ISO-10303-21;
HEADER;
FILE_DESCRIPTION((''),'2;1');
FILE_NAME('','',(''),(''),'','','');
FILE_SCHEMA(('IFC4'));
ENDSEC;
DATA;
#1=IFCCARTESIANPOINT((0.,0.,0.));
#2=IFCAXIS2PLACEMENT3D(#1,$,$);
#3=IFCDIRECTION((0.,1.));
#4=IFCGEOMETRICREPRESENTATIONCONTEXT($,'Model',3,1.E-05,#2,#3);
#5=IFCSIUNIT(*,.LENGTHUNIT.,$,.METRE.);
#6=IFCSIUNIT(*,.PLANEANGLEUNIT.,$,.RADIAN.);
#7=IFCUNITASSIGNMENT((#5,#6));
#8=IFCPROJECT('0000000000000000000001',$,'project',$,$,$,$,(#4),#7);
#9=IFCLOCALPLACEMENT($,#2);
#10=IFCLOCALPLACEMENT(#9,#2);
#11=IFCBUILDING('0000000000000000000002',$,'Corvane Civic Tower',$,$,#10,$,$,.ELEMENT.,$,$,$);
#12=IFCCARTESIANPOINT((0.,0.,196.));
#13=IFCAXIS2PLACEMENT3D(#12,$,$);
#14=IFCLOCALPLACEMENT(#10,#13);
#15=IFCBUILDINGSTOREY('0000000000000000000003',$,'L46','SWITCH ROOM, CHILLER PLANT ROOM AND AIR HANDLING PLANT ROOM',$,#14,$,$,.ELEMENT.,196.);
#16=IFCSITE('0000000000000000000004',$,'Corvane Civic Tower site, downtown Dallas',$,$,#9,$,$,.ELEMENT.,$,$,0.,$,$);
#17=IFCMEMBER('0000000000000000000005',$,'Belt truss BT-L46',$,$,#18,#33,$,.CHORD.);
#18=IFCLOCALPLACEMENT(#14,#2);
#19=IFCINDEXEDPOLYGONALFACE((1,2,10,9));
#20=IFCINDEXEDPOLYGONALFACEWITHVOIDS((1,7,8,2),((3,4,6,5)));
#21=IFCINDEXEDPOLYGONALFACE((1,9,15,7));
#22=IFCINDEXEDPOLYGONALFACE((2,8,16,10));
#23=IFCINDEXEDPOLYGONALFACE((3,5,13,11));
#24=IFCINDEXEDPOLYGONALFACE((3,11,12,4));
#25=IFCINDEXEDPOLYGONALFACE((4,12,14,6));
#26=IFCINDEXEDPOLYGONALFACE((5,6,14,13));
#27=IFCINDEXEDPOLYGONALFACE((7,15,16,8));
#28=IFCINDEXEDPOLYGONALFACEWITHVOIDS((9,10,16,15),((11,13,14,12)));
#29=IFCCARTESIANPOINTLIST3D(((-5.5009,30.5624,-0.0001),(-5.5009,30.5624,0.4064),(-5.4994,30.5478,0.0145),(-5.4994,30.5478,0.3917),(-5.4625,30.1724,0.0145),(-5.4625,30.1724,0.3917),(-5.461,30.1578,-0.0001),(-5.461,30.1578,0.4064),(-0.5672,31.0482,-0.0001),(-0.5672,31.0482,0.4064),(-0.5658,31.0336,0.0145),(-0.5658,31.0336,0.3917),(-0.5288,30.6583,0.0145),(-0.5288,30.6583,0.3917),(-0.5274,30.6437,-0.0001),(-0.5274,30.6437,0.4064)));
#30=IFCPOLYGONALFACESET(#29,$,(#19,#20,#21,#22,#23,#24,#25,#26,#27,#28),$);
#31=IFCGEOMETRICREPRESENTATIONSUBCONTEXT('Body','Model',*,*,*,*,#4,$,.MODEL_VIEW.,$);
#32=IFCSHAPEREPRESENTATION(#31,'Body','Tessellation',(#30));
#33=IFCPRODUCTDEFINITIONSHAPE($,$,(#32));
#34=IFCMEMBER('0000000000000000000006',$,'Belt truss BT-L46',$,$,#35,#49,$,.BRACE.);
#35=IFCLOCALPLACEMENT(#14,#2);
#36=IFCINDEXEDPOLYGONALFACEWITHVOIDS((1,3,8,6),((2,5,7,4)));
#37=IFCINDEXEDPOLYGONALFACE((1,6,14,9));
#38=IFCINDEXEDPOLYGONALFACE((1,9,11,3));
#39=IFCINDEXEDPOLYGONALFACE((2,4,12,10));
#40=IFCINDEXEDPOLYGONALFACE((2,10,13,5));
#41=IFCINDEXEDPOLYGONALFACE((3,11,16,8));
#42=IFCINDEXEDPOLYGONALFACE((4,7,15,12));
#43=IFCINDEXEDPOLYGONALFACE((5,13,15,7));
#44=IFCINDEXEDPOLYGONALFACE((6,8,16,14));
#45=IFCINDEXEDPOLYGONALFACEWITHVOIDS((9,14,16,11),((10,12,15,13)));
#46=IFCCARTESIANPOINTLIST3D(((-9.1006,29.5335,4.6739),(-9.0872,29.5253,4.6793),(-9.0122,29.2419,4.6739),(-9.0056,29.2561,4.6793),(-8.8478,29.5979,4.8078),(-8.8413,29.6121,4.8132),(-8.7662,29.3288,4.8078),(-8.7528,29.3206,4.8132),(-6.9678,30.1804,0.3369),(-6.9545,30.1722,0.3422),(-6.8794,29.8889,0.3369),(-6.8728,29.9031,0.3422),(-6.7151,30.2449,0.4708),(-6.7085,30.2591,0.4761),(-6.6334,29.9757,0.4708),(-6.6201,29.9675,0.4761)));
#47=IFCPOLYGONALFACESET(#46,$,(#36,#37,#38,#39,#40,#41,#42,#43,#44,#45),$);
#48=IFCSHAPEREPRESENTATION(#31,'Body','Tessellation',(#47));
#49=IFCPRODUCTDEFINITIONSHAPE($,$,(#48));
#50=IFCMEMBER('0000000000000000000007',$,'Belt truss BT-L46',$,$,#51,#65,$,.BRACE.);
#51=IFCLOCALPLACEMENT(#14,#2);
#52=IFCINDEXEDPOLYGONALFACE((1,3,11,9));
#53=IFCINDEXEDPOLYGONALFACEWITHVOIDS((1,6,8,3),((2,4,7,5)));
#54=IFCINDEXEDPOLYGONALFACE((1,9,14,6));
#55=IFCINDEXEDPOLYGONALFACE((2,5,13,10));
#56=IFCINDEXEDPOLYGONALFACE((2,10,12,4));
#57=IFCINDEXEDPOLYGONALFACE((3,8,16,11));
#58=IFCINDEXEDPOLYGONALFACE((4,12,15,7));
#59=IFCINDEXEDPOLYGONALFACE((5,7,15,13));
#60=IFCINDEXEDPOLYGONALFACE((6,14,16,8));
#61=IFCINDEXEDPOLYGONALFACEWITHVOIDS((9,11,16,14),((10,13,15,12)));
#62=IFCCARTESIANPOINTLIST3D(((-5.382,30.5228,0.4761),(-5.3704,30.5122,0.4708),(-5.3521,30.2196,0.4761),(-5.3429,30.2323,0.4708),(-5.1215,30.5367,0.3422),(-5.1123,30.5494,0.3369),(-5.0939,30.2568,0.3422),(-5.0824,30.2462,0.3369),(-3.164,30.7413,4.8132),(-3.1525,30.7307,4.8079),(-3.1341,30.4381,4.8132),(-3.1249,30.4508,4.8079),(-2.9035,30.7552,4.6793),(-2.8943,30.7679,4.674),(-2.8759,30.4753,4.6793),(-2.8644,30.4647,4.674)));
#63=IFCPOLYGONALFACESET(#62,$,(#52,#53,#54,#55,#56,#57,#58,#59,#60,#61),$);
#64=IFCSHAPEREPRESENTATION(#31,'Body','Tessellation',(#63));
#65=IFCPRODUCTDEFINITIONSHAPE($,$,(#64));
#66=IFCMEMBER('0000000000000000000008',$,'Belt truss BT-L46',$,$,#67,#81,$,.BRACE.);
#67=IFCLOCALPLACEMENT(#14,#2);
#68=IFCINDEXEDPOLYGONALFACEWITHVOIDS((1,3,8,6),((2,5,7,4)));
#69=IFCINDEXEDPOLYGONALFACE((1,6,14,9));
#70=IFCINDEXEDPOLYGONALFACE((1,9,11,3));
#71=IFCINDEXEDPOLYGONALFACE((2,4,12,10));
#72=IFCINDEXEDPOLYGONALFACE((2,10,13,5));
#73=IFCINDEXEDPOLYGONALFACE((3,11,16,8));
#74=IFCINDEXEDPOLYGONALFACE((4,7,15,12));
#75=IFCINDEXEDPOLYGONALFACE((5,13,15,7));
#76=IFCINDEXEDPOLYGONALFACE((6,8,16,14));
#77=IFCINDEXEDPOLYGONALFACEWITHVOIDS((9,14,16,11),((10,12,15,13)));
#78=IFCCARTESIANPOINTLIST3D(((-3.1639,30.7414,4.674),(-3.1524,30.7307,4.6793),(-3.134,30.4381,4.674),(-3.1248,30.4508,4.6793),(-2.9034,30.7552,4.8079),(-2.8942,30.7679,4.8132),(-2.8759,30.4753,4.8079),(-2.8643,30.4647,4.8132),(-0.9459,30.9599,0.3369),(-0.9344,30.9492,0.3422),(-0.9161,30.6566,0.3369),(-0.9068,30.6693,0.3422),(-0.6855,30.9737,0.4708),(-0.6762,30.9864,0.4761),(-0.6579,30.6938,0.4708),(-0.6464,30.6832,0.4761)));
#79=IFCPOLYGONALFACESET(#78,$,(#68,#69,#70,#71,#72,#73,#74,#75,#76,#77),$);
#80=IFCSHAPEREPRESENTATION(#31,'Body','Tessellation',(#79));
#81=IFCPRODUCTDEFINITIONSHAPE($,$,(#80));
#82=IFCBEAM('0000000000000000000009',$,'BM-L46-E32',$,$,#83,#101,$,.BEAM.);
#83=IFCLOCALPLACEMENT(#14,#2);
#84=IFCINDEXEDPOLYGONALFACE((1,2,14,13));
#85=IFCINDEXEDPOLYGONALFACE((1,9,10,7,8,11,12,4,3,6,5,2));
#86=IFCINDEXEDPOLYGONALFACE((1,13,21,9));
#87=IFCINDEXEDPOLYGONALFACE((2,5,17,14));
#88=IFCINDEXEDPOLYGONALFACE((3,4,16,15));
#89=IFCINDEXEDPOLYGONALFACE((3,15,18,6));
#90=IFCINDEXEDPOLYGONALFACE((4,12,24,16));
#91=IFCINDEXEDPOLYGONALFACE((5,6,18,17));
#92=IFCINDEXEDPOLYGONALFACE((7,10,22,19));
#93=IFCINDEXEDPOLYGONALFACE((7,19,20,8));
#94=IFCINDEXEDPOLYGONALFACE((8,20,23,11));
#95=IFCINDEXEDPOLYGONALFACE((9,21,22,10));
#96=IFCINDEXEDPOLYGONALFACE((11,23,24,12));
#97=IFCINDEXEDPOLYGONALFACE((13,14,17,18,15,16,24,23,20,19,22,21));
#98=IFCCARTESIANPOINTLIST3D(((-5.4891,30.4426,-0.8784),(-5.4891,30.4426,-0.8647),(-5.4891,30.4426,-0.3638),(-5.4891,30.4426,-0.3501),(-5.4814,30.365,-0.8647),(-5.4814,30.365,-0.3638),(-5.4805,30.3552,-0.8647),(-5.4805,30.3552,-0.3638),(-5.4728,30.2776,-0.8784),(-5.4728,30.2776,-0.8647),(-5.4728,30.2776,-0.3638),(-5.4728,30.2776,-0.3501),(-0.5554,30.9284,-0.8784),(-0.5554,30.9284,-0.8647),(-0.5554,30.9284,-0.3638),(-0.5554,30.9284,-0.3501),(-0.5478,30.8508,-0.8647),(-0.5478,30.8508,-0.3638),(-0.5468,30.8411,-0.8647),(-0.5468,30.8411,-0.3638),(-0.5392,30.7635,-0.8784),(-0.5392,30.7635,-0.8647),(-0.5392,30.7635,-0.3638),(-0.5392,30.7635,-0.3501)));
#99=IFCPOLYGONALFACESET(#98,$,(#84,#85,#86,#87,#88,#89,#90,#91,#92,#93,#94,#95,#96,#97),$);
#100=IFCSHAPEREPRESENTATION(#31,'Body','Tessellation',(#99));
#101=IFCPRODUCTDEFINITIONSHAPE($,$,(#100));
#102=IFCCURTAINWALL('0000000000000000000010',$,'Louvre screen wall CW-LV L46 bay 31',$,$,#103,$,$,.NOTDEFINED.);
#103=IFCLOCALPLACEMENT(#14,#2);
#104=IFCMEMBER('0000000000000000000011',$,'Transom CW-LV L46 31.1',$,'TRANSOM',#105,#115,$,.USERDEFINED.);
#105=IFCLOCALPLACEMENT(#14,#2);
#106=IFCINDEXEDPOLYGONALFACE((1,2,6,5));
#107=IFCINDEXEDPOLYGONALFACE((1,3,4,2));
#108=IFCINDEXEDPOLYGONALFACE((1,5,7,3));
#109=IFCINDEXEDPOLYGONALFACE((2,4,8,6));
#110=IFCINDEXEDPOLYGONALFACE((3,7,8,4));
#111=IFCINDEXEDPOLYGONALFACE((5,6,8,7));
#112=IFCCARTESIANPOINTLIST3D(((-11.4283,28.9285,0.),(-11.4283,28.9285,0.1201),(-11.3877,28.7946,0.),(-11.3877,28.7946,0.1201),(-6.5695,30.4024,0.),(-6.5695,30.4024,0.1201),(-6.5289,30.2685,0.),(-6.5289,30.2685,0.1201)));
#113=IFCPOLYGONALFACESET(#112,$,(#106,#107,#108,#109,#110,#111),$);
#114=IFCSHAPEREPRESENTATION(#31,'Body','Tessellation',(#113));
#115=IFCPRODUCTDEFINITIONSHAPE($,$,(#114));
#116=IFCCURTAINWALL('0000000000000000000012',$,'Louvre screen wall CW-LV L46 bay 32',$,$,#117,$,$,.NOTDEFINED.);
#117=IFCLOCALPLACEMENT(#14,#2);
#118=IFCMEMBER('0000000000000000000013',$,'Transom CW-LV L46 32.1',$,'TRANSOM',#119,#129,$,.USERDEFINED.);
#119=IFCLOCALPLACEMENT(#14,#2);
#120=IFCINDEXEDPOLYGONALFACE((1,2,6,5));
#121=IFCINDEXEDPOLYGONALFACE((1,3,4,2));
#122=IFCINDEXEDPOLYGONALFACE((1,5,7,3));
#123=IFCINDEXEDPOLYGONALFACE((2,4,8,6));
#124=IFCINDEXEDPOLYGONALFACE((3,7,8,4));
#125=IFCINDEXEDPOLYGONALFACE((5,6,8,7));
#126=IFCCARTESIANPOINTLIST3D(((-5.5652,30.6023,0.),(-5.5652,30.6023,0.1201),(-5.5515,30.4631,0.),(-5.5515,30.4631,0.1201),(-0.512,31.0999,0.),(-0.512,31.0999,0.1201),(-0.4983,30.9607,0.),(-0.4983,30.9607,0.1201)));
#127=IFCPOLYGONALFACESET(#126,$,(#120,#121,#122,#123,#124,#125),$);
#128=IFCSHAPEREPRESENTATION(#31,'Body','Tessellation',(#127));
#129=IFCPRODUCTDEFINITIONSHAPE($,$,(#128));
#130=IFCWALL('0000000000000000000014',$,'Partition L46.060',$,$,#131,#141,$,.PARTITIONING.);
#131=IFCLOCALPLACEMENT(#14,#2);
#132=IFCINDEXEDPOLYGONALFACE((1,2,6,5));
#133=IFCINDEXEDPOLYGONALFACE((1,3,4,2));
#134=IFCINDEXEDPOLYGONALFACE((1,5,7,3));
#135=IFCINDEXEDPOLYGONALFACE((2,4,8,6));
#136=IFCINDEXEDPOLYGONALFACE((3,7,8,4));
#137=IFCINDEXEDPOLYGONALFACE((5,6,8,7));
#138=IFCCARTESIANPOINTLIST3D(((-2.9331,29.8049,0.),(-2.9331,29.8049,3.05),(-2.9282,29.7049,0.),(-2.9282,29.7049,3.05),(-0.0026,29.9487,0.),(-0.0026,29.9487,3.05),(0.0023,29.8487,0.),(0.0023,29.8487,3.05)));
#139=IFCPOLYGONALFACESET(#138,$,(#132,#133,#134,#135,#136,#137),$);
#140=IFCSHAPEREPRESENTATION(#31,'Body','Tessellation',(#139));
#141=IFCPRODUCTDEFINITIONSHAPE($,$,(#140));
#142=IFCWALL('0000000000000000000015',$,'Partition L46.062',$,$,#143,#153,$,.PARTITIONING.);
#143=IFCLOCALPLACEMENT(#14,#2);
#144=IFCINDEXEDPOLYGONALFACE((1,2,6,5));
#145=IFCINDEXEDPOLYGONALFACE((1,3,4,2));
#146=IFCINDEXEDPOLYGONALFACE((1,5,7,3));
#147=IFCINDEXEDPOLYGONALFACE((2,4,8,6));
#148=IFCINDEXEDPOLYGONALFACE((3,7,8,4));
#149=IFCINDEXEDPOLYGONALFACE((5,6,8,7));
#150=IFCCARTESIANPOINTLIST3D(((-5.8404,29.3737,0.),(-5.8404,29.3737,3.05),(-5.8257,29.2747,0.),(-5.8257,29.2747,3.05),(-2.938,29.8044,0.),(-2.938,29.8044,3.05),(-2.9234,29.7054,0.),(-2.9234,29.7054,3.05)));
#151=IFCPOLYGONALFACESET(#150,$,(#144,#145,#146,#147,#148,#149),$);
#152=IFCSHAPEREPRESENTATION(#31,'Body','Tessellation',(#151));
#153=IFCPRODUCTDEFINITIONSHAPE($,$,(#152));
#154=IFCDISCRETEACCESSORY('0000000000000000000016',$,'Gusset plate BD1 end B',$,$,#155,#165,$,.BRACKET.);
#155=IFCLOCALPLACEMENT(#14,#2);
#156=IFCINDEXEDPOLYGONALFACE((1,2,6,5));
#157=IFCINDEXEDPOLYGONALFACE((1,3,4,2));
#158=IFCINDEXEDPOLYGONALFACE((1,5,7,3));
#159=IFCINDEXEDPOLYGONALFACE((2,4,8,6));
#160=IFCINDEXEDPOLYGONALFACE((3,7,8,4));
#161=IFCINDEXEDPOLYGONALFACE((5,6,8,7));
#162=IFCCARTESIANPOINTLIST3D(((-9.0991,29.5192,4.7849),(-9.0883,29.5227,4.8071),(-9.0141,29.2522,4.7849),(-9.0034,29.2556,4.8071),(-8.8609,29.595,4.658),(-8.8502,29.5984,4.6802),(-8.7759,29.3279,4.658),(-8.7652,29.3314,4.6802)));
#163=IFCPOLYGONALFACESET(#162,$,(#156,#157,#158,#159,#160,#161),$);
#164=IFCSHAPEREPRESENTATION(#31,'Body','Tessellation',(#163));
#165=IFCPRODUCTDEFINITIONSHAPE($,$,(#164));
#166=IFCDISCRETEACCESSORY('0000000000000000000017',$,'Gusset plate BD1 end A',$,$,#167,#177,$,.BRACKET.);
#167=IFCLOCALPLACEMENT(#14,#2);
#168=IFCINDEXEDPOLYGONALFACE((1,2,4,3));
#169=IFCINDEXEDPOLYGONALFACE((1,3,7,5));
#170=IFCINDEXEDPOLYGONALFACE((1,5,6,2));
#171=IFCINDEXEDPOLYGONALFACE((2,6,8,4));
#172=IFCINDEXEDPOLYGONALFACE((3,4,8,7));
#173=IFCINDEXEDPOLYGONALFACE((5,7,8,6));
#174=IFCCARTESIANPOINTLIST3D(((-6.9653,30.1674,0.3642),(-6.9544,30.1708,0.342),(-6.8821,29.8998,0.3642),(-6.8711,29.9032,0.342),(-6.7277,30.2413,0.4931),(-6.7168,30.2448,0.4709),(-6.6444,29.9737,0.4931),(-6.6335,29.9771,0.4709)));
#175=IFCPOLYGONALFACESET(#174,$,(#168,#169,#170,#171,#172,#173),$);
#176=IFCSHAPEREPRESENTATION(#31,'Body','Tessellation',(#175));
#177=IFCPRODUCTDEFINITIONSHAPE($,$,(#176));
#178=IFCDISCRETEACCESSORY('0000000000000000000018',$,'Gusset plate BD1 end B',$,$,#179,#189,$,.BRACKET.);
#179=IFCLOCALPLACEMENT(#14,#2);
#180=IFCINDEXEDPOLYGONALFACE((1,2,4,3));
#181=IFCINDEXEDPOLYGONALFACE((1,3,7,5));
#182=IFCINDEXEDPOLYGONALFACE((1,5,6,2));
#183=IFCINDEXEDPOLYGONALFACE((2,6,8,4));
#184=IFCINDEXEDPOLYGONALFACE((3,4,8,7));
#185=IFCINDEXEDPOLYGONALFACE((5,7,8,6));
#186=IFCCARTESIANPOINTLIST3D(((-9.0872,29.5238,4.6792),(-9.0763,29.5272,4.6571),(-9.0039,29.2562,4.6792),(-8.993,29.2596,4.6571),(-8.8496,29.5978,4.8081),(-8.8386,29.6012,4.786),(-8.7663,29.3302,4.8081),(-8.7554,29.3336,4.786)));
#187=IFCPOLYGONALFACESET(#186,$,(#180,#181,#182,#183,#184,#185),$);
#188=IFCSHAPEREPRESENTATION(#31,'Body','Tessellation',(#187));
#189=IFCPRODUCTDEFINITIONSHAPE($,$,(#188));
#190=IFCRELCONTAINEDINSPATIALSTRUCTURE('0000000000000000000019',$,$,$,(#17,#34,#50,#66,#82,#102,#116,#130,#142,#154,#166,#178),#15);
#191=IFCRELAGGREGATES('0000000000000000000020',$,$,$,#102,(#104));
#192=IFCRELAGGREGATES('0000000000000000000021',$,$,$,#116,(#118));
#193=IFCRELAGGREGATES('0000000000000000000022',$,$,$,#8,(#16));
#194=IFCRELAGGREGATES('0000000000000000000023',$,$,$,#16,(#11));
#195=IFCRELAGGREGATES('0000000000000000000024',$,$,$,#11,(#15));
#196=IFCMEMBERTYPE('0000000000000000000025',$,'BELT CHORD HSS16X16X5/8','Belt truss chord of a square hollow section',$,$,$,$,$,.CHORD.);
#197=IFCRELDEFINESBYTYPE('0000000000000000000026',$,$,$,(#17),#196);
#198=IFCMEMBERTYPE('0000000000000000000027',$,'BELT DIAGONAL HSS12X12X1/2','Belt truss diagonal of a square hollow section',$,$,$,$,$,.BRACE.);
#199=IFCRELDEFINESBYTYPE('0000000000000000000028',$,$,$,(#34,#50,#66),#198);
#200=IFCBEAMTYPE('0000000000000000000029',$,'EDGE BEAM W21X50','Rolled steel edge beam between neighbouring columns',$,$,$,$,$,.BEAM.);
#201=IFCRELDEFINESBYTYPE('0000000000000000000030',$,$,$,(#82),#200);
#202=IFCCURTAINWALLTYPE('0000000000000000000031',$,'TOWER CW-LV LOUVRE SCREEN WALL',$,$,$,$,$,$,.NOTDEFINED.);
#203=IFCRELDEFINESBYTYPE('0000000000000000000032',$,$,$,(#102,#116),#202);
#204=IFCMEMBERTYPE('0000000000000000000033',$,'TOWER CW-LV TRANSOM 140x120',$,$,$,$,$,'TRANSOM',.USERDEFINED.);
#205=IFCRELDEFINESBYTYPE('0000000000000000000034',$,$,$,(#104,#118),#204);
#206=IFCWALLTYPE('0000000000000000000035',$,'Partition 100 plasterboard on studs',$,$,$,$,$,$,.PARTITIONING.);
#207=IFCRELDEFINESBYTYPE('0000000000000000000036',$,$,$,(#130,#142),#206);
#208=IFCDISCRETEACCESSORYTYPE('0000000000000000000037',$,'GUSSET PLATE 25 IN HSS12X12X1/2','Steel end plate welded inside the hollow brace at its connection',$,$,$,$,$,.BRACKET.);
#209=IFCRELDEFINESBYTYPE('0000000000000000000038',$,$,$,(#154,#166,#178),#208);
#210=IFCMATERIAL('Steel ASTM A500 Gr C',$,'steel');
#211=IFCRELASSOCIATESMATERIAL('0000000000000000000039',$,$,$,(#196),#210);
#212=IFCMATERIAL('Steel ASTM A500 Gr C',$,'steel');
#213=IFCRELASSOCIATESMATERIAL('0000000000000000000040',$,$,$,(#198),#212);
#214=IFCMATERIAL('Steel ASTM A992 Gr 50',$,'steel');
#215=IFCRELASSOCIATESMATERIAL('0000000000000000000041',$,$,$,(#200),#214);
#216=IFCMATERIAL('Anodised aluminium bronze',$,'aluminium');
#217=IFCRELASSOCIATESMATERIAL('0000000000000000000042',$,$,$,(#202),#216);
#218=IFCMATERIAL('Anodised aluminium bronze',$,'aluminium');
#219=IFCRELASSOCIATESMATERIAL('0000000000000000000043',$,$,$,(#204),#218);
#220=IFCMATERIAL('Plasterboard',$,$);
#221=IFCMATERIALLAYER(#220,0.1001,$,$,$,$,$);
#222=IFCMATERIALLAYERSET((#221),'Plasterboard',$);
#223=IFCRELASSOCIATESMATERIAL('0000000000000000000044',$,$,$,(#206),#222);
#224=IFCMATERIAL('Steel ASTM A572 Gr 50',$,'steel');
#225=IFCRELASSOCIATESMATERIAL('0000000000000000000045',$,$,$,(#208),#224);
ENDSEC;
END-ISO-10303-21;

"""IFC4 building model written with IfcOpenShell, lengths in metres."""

from ifc_helpers import new_model, si_unit, direction, frame, frame_2d, origin, origin_2d, place, context, subcontext, project, spatial, rectangle, hollow_rectangle, i_section, extrude, material, layer, layer_set, material_profile, profile_set, type_object, element, aggregate, save


model = new_model("IFC4")

# Units and contexts
model_context = context("Model", 3, precision=1e-05, world=origin(), true_north=direction((0.0, 1.0)))
body_context = subcontext(model_context, "Body", "Model", "MODEL_VIEW")
ifc_project = project(units=[si_unit("LENGTHUNIT", "METRE"), si_unit("PLANEANGLEUNIT", "RADIAN")], contexts=[model_context])

# Site, building, storey
site_placement = place(None, origin())
site = spatial("IfcSite", under=ifc_project, at=site_placement, Name="Corvane Civic Tower site, downtown Dallas", CompositionType="ELEMENT", RefElevation=0.0)
building_placement = place(site_placement, origin())
building = spatial("IfcBuilding", under=site, at=building_placement, Name="Corvane Civic Tower", CompositionType="ELEMENT")
storey_placement = place(building_placement, frame((0.0, 0.0, 196.0)))
storey = spatial("IfcBuildingStorey", under=building, at=storey_placement, Name="L46", Description="SWITCH ROOM, CHILLER PLANT ROOM AND AIR HANDLING PLANT ROOM", CompositionType="ELEMENT", Elevation=196.0)

# Members
ifc_material_1 = material(Name="Steel ASTM A500 Gr C", Category="steel")
ifc_material_profile_1 = material_profile(ifc_material_1, hollow_rectangle(XDim=0.4065, YDim=0.4065, WallThickness=0.0146, at=origin_2d()), Name="HSS16X16X5/8")
ifc_profile_set_1 = profile_set([ifc_material_profile_1], Name="Steel ASTM A500 Gr C")
member_type_1 = type_object("IfcMemberType", Name="BELT CHORD HSS16X16X5/8", Description="Belt truss chord of a square hollow section", PredefinedType="CHORD", material=ifc_profile_set_1)
for number, where, z_axis, x_axis, name in (
    (1, (-5.481, 30.3601, 0.2031), (0.995186, 0.098002, 0.0), (-0.098002, 0.995186, 0.0), "Belt truss BT-L46"),
):
    element("IfcMember", number, at=place(storey_placement, frame(where, z_axis=z_axis, x_axis=x_axis)), inside=storey, type_object=member_type_1, Name=name, PredefinedType="CHORD", context=body_context, shape_type="SweptSolid", body=[
        extrude(hollow_rectangle(XDim=0.4065, YDim=0.4065, WallThickness=0.0146, at=origin_2d()), origin(), (0.0, 0.0, 1.0), 4.9575),
    ])
ifc_material_2 = material(Name="Steel ASTM A500 Gr C", Category="steel")
ifc_material_profile_2 = material_profile(ifc_material_2, hollow_rectangle(XDim=0.3047, YDim=0.3047, WallThickness=0.0117, at=origin_2d()), Name="HSS12X12X1/2")
ifc_profile_set_2 = profile_set([ifc_material_profile_2], Name="Steel ASTM A500 Gr C")
member_type_2 = type_object("IfcMemberType", Name="BELT DIAGONAL HSS12X12X1/2", Description="Belt truss diagonal of a square hollow section", PredefinedType="BRACE", material=ifc_profile_set_2)
for number, where, z_axis, x_axis, name in (
    (2, (-6.7939, 30.074, 0.4065), (-0.437382, -0.132677, 0.889434), (0.290281, -0.956941, 0.0), "Belt truss BT-L46"),
    (3, (-5.2322, 30.3845, 0.4065), (0.454857, 0.04481, 0.889437), (-0.098039, 0.995183, 0.0), "Belt truss BT-L46"),
    (4, (-0.7961, 30.8215, 0.4065), (-0.454857, -0.04481, 0.889437), (0.098039, -0.995183, 0.0), "Belt truss BT-L46"),
):
    element("IfcMember", number, at=place(storey_placement, frame(where, z_axis=z_axis, x_axis=x_axis)), inside=storey, type_object=member_type_2, Name=name, PredefinedType="BRACE", context=body_context, shape_type="SweptSolid", body=[
        extrude(hollow_rectangle(XDim=0.3047, YDim=0.3047, WallThickness=0.0117, at=origin_2d()), origin(), (0.0, 0.0, 1.0), 4.8762),
    ])

# Beam
ifc_material_3 = material(Name="Steel ASTM A992 Gr 50", Category="steel")
ifc_material_profile_3 = material_profile(ifc_material_3, i_section(OverallWidth=0.1658, OverallDepth=0.5283, WebThickness=0.0098, FlangeThickness=0.0137, at=origin_2d()), Name="W21X50")
ifc_profile_set_3 = profile_set([ifc_material_profile_3], Name="Steel ASTM A992 Gr 50")
beam_type = type_object("IfcBeamType", Name="EDGE BEAM W21X50", Description="Rolled steel edge beam between neighbouring columns", PredefinedType="BEAM", material=ifc_profile_set_3)
beam_placement = place(storey_placement, frame((-5.481, 30.3601, -0.6143), z_axis=(0.995186, 0.098002, 0.0), x_axis=(-0.098002, 0.995186, 0.0)))
element("IfcBeam", 5, at=beam_placement, inside=storey, type_object=beam_type, Name="BM-L46-E32", PredefinedType="BEAM", context=body_context, shape_type="SweptSolid", body=[
    extrude(i_section(OverallWidth=0.1658, OverallDepth=0.5283, WebThickness=0.0098, FlangeThickness=0.0137, at=origin_2d()), origin(), (0.0, 0.0, 1.0), 4.9575),
])

# Curtain walls, members
ifc_material_4 = material(Name="Anodised aluminium bronze", Category="aluminium")
curtain_wall_type = type_object("IfcCurtainWallType", Name="TOWER CW-LV LOUVRE SCREEN WALL", PredefinedType="NOTDEFINED", material=ifc_material_4)
curtain_wall_1_placement = place(storey_placement, origin())
curtain_wall_1 = element("IfcCurtainWall", 6, at=curtain_wall_1_placement, inside=storey, type_object=curtain_wall_type, Name="Louvre screen wall CW-LV L46 bay 31", PredefinedType="NOTDEFINED")
ifc_material_5 = material(Name="Anodised aluminium bronze", Category="aluminium")
ifc_material_profile_4 = material_profile(ifc_material_5, rectangle(XDim=0.1399, YDim=0.1201, at=origin_2d()), Name="TOWER CW-LV TRANSOM 140x120")
ifc_profile_set_4 = profile_set([ifc_material_profile_4], Name="Anodised aluminium bronze")
member_type_3 = type_object("IfcMemberType", Name="TOWER CW-LV TRANSOM 140x120", ElementType="TRANSOM", PredefinedType="USERDEFINED", material=ifc_profile_set_4)
member_1_placement = place(storey_placement, frame((-11.408, 28.8616, 0.0601), z_axis=(0.956939, 0.290289, 0.0), x_axis=(-0.290289, 0.956939, 0.0)))
member_1 = element("IfcMember", 7, at=member_1_placement, type_object=member_type_3, Name="Transom CW-LV L46 31.1", ObjectType="TRANSOM", PredefinedType="USERDEFINED", context=body_context, shape_type="SweptSolid", body=[
    extrude(rectangle(XDim=0.1399, YDim=0.1201, at=origin_2d()), origin(), (0.0, 0.0, 1.0), 5.0774),
])
curtain_wall_2_placement = place(storey_placement, origin())
curtain_wall_2 = element("IfcCurtainWall", 8, at=curtain_wall_2_placement, inside=storey, type_object=curtain_wall_type, Name="Louvre screen wall CW-LV L46 bay 32", PredefinedType="NOTDEFINED")
member_2_placement = place(storey_placement, frame((-5.5583, 30.5327, 0.0601), z_axis=(0.995187, 0.09799, 0.0), x_axis=(-0.09799, 0.995187, 0.0)))
member_2 = element("IfcMember", 9, at=member_2_placement, type_object=member_type_3, Name="Transom CW-LV L46 32.1", ObjectType="TRANSOM", PredefinedType="USERDEFINED", context=body_context, shape_type="SweptSolid", body=[
    extrude(rectangle(XDim=0.1399, YDim=0.1201, at=origin_2d()), origin(), (0.0, 0.0, 1.0), 5.0776),
])

# Walls
ifc_material_6 = material(Name="Plasterboard")
ifc_layer = layer(ifc_material_6, 0.1001)
ifc_layer_set = layer_set([ifc_layer], Name="Plasterboard")
wall_type = type_object("IfcWallType", Name="Partition 100 plasterboard on studs", PredefinedType="PARTITIONING", material=ifc_layer_set)
for number, where, z_axis, x_axis, name in (
    (10, (-2.9307, 29.7549, 0.0), (0.0, 0.0, 1.0), (0.998798, 0.049008, 0.0), "Partition L46.060"),
    (11, (-5.833, 29.3242, 0.0), (0.0, 0.0, 1.0), (0.989169, 0.146778, 0.0), "Partition L46.062"),
):
    element("IfcWall", number, at=place(storey_placement, frame(where, z_axis=z_axis, x_axis=x_axis)), inside=storey, type_object=wall_type, Name=name, PredefinedType="PARTITIONING", context=body_context, shape_type="SweptSolid", body=[
        extrude(rectangle(XDim=2.9341, YDim=0.1001, at=frame_2d((1.467, 0.0))), origin(), (0.0, 0.0, 1.0), 3.05),
    ])

aggregate(curtain_wall_1, [member_1])
aggregate(curtain_wall_2, [member_2])

# Discrete accessories
ifc_material_7 = material(Name="Steel ASTM A572 Gr 50", Category="steel")
ifc_material_profile_5 = material_profile(ifc_material_7, rectangle(XDim=0.2803, YDim=0.2803, at=origin_2d()), Name="GUSSET PLATE 25 IN HSS12X12X1/2")
ifc_profile_set_5 = profile_set([ifc_material_profile_5], Name="Steel ASTM A572 Gr 50")
discrete_accessory_type = type_object("IfcDiscreteAccessoryType", Name="GUSSET PLATE 25 IN HSS12X12X1/2", Description="Steel end plate welded inside the hollow brace at its connection", PredefinedType="BRACKET", material=ifc_profile_set_5)
for number, where, z_axis, x_axis, name in (
    (12, (-8.9268, 29.427, 4.7437), (-0.431186, -0.137196, -0.891771), (0.303204, -0.952926, 0.0), "Gusset plate BD1 end B"),
    (13, (-6.7939, 30.074, 0.4065), (-0.439113, -0.136613, 0.887985), (0.297067, -0.954857, 0.0), "Gusset plate BD1 end A"),
    (14, (-8.9268, 29.427, 4.7437), (0.439113, 0.136613, -0.887985), (-0.297067, 0.954857, 0.0), "Gusset plate BD1 end B"),
):
    element("IfcDiscreteAccessory", number, at=place(storey_placement, frame(where, z_axis=z_axis, x_axis=x_axis)), inside=storey, type_object=discrete_accessory_type, Name=name, PredefinedType="BRACKET", context=body_context, shape_type="SweptSolid", body=[
        extrude(rectangle(XDim=0.2803, YDim=0.2803, at=origin_2d()), origin(), (0.0, 0.0, 1.0), 0.0249),
    ])

save(model, "model.ifc")
